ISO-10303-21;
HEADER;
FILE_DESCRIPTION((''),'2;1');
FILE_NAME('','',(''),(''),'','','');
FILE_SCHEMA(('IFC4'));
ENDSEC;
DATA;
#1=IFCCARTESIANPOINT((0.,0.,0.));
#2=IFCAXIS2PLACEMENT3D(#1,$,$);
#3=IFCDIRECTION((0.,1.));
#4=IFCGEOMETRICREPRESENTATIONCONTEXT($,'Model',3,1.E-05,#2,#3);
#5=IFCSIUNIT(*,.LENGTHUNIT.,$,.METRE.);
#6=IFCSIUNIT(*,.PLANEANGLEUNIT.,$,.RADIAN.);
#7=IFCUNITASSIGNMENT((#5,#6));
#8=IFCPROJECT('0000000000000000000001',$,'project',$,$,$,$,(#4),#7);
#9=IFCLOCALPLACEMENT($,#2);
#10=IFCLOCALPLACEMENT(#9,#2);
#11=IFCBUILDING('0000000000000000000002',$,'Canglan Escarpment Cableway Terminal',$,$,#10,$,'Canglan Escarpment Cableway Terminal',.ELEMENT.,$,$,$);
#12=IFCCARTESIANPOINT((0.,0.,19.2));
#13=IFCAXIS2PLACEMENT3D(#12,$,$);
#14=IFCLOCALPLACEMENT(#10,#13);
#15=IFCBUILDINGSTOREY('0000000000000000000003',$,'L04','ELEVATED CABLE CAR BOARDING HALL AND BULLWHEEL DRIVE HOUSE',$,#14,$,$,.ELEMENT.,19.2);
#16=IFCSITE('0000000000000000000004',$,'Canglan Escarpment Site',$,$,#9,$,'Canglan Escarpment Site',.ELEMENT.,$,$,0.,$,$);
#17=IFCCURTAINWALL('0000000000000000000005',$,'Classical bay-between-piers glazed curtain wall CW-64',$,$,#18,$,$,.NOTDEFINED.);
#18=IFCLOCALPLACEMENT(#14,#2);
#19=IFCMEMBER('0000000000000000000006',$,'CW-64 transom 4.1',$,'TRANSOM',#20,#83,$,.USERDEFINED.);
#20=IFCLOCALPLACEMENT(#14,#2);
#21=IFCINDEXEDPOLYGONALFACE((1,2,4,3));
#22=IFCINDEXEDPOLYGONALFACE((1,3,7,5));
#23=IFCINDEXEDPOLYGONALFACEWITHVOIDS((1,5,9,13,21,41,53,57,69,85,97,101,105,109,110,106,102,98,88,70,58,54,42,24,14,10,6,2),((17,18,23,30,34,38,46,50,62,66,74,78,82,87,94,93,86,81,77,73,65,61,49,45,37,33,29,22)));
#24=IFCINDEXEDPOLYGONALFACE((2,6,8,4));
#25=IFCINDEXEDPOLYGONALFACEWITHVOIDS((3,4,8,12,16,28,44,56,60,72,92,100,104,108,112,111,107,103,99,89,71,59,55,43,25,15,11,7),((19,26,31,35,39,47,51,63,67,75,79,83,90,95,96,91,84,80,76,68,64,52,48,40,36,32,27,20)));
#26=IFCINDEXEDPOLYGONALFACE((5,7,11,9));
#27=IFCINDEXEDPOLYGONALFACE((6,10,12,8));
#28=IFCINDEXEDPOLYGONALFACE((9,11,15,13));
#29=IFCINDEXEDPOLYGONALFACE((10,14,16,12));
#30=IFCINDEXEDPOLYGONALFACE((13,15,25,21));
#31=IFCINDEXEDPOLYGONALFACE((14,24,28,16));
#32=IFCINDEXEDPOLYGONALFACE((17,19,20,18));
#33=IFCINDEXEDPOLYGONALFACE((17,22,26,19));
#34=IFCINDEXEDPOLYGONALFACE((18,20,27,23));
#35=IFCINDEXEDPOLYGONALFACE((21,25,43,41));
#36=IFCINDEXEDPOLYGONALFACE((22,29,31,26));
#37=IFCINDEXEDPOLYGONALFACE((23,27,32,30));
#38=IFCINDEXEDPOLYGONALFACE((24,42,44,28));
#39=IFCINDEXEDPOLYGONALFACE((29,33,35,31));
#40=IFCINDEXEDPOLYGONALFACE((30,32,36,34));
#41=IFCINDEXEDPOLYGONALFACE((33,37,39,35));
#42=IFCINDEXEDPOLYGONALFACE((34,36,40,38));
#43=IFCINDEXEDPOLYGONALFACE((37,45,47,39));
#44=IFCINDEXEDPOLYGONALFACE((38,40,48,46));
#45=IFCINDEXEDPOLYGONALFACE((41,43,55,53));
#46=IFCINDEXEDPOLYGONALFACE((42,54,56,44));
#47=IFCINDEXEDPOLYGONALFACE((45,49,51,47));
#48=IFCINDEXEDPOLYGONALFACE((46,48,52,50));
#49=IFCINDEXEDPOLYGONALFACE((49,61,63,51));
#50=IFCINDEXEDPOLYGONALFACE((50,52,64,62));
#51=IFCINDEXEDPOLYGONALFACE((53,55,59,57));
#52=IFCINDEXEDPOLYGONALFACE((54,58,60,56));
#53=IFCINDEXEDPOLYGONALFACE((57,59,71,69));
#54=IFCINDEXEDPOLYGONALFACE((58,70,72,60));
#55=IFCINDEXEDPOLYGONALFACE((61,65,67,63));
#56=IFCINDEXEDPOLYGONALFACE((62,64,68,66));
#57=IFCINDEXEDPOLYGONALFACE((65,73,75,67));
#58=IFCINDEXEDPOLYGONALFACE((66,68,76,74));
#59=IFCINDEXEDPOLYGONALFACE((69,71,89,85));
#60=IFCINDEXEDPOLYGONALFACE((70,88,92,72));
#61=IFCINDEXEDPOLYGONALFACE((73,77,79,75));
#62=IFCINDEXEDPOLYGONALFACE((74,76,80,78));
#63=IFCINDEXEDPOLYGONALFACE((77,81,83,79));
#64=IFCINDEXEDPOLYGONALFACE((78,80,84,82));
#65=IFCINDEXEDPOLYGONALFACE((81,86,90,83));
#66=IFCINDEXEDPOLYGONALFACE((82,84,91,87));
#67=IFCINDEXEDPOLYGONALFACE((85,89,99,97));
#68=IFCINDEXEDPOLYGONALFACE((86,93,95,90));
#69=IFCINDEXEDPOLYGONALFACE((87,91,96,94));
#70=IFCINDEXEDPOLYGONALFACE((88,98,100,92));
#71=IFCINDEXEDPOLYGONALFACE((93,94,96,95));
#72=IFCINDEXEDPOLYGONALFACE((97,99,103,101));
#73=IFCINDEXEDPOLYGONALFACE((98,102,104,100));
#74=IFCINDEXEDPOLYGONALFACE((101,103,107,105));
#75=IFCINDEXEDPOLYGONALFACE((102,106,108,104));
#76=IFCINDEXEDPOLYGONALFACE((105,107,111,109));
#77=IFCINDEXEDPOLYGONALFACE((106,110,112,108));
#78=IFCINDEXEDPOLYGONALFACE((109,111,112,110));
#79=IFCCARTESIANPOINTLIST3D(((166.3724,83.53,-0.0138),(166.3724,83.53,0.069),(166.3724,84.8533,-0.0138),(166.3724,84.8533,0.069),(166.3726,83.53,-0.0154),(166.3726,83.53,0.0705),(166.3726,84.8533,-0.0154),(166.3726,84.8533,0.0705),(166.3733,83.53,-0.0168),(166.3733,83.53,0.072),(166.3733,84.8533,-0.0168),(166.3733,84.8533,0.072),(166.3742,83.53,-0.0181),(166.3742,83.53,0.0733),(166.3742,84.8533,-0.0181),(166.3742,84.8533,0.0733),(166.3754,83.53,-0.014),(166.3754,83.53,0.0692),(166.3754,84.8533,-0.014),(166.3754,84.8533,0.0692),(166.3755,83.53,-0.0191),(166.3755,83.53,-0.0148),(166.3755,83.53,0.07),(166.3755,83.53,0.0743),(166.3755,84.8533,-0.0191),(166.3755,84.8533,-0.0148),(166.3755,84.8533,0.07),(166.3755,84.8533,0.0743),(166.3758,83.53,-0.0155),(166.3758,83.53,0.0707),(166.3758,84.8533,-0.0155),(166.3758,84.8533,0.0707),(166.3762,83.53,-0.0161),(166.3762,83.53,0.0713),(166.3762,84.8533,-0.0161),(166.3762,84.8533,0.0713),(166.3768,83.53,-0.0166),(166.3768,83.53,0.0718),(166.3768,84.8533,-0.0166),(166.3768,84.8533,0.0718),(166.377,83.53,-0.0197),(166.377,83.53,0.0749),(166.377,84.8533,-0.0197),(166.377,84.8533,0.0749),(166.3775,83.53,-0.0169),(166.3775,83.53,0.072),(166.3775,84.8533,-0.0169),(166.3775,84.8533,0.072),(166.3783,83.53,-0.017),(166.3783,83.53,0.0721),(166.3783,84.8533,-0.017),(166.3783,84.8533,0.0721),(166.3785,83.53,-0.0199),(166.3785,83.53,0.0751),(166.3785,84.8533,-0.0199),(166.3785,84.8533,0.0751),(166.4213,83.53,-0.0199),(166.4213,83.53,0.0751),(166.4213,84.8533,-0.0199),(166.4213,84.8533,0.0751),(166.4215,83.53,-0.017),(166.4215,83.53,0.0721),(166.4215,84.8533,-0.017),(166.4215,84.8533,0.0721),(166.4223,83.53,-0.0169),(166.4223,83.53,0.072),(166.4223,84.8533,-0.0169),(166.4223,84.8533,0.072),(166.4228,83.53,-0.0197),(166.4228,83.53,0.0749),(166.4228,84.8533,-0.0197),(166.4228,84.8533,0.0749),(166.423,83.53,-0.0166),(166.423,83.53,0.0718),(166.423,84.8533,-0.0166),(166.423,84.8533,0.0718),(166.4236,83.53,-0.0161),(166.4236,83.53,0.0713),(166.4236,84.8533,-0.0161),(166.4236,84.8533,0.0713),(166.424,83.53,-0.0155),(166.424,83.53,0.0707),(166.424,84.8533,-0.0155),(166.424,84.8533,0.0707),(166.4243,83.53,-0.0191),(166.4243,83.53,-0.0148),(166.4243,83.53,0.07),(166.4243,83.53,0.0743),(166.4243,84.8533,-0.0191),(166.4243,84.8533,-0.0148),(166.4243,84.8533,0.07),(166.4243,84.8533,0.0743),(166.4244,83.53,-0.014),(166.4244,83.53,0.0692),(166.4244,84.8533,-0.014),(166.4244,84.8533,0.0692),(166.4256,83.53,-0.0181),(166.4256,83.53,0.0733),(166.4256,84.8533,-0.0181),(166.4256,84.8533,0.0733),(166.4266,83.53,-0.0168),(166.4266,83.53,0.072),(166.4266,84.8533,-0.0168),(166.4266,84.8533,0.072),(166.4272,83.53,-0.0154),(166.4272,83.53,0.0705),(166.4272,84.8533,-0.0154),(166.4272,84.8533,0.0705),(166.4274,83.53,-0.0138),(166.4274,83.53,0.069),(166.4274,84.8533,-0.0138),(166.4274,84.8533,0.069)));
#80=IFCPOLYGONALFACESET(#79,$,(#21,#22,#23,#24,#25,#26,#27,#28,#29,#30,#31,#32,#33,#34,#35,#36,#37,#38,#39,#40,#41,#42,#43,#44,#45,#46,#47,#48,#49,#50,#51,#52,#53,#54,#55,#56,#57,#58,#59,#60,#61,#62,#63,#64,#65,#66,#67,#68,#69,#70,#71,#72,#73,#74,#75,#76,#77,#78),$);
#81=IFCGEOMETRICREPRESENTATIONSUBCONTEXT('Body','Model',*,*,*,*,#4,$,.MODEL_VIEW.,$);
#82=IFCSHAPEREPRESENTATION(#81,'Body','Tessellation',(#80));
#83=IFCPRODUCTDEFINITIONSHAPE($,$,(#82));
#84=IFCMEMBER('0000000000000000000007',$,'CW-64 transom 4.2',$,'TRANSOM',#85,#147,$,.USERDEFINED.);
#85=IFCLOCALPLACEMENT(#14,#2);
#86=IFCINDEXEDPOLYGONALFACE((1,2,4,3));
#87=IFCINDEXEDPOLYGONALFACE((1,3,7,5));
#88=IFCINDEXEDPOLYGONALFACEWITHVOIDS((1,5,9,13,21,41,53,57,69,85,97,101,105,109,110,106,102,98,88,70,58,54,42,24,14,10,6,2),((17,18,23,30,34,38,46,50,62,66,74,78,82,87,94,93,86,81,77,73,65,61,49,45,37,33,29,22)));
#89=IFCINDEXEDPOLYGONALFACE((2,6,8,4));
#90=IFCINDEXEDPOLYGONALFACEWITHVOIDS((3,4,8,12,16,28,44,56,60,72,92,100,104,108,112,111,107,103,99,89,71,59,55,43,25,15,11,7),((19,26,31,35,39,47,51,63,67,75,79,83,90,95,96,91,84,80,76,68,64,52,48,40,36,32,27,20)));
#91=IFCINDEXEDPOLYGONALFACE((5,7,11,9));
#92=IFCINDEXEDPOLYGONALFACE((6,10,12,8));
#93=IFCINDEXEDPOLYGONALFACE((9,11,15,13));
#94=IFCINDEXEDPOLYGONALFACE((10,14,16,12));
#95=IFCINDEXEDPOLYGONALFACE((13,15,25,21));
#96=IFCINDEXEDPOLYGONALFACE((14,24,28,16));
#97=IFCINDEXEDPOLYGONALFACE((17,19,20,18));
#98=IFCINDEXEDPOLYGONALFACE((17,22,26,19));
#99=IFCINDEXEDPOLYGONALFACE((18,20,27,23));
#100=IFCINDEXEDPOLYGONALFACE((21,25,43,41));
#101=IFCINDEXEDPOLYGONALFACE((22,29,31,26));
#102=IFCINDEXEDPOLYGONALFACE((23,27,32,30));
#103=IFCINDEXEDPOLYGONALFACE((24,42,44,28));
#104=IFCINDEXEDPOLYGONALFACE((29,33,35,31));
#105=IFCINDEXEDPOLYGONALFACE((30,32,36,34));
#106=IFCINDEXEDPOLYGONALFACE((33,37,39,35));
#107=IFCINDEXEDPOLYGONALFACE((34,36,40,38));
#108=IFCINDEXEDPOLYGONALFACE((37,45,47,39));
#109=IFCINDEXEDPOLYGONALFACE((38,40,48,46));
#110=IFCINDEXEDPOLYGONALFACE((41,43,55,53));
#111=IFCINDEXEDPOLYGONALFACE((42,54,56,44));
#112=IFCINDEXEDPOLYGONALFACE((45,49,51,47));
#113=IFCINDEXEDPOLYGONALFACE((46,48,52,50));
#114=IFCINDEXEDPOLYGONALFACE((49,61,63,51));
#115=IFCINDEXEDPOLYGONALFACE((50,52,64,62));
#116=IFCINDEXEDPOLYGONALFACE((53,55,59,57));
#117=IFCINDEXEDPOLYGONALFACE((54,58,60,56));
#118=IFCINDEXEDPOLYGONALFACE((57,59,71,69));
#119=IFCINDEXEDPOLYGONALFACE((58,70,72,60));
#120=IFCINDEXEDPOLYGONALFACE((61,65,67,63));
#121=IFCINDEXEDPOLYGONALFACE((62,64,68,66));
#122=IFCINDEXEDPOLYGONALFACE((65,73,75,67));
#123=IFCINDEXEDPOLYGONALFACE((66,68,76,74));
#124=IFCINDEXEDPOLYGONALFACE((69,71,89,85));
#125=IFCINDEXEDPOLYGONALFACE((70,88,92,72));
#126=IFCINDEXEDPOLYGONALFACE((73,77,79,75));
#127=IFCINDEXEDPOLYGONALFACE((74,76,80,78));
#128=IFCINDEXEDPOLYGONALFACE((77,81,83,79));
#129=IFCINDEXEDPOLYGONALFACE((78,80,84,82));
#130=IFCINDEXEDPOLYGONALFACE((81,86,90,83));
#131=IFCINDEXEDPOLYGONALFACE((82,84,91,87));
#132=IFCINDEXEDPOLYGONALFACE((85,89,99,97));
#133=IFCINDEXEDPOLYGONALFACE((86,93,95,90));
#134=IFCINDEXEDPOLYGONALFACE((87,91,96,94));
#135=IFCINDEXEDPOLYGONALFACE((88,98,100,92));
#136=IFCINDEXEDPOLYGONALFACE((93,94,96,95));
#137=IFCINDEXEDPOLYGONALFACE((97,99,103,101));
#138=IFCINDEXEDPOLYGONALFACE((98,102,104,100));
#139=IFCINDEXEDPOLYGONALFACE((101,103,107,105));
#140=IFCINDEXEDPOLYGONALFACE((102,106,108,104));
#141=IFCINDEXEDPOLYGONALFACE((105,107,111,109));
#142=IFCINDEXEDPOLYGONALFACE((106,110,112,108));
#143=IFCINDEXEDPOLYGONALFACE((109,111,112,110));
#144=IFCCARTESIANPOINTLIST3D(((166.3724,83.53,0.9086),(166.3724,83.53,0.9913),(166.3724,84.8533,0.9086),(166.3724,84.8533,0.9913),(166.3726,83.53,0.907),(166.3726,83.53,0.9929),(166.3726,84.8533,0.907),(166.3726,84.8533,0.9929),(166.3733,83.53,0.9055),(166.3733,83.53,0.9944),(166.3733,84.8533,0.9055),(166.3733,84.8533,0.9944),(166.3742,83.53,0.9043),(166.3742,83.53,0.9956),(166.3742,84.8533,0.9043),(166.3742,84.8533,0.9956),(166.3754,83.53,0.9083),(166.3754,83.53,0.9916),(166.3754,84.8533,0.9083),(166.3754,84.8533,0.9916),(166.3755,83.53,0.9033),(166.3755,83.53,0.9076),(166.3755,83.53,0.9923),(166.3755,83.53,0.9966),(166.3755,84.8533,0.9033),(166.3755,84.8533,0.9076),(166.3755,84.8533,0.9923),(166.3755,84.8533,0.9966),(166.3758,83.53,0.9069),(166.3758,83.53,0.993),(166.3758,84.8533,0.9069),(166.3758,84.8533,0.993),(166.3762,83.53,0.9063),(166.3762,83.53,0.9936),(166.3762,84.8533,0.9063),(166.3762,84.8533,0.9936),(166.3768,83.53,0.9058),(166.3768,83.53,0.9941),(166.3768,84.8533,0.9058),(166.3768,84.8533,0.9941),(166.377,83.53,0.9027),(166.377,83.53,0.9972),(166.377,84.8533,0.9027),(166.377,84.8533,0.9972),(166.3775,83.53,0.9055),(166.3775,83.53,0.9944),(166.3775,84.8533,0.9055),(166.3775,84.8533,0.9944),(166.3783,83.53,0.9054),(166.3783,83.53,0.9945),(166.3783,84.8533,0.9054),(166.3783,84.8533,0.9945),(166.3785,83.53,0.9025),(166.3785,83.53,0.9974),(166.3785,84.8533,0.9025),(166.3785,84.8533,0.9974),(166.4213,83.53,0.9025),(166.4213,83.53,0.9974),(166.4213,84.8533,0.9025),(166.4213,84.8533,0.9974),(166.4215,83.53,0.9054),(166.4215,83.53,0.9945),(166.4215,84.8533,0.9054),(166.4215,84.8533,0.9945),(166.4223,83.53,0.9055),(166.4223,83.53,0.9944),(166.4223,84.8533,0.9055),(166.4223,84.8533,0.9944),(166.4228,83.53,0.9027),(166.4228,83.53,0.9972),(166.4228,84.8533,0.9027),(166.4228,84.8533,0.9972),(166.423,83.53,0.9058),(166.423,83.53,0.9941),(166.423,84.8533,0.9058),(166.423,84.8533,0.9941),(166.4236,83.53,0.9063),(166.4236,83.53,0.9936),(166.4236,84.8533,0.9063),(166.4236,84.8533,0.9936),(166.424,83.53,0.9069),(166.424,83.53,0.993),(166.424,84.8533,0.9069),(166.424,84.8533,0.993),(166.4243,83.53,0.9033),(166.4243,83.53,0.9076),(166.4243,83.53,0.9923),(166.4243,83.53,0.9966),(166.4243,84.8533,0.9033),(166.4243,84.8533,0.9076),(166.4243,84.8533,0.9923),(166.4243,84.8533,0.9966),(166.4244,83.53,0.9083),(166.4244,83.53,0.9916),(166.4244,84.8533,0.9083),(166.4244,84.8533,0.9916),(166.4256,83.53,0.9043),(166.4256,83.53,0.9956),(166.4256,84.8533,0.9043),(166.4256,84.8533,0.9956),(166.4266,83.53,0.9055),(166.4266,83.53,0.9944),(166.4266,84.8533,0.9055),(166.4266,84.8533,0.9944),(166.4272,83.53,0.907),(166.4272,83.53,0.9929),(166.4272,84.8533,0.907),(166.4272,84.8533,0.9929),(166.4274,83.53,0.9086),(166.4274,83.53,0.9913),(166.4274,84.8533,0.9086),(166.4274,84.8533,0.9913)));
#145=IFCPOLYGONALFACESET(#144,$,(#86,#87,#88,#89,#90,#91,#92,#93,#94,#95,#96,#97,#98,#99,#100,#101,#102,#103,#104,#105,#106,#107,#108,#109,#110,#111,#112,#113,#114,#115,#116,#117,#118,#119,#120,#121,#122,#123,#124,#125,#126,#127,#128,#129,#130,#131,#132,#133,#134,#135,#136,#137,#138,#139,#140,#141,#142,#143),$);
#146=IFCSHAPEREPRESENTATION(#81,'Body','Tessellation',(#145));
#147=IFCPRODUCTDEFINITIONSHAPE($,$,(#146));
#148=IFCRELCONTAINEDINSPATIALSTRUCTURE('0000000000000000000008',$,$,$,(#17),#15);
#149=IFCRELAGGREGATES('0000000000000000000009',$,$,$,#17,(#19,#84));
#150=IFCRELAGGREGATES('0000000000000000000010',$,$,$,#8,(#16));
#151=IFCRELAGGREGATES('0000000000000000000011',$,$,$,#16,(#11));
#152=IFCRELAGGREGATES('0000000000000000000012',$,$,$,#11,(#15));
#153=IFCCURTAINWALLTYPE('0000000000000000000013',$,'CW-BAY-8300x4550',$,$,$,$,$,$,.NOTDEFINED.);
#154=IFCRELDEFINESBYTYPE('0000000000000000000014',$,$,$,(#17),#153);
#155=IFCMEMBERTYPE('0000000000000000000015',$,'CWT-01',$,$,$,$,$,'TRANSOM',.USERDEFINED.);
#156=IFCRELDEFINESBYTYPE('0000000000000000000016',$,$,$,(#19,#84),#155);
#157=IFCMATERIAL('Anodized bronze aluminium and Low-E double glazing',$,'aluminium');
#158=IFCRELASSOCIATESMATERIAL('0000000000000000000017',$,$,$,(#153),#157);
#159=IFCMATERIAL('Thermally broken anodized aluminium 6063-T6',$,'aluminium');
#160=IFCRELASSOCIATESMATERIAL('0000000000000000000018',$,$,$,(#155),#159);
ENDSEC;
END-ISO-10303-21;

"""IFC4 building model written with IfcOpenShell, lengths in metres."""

from ifc_helpers import new_model, si_unit, direction, frame, origin, origin_2d, place, context, subcontext, project, spatial, hollow_rectangle, extrude, material, material_profile, profile_set, type_object, element, aggregate, save


model = new_model("IFC4")

# Units and contexts
model_context = context("Model", 3, precision=1e-05, world=origin(), true_north=direction((0.0, 1.0)))
body_context = subcontext(model_context, "Body", "Model", "MODEL_VIEW")
ifc_project = project(units=[si_unit("LENGTHUNIT", "METRE"), si_unit("PLANEANGLEUNIT", "RADIAN")], contexts=[model_context])

# Site, building, storey
site_placement = place(None, origin())
site = spatial("IfcSite", under=ifc_project, at=site_placement, Name="Canglan Escarpment Site", LongName="Canglan Escarpment Site", CompositionType="ELEMENT", RefElevation=0.0)
building_placement = place(site_placement, origin())
building = spatial("IfcBuilding", under=site, at=building_placement, Name="Canglan Escarpment Cableway Terminal", LongName="Canglan Escarpment Cableway Terminal", CompositionType="ELEMENT")
storey_placement = place(building_placement, frame((0.0, 0.0, 19.2)))
storey = spatial("IfcBuildingStorey", under=building, at=storey_placement, Name="L04", Description="ELEVATED CABLE CAR BOARDING HALL AND BULLWHEEL DRIVE HOUSE", CompositionType="ELEMENT", Elevation=19.2)

# Curtain wall, members
ifc_material_1 = material(Name="Anodized bronze aluminium and Low-E double glazing", Category="aluminium")
curtain_wall_type = type_object("IfcCurtainWallType", Name="CW-BAY-8300x4550", PredefinedType="NOTDEFINED", material=ifc_material_1)
curtain_wall_placement = place(storey_placement, origin())
curtain_wall = element("IfcCurtainWall", 1, at=curtain_wall_placement, inside=storey, type_object=curtain_wall_type, Name="Classical bay-between-piers glazed curtain wall CW-64", PredefinedType="NOTDEFINED")
ifc_material_2 = material(Name="Thermally broken anodized aluminium 6063-T6", Category="aluminium")
ifc_material_profile_1 = material_profile(ifc_material_2, hollow_rectangle(XDim=0.0549, YDim=0.095, WallThickness=0.0029, InnerFilletRadius=0.0029, OuterFilletRadius=0.0061, at=origin_2d()), Name="ALU-TRAN 55x95x3")
ifc_profile_set_1 = profile_set([ifc_material_profile_1], Name="Thermally broken anodized aluminium 6063-T6")
member_type_1 = type_object("IfcMemberType", Name="CWT-01", ElementType="TRANSOM", PredefinedType="USERDEFINED", material=ifc_profile_set_1)
member_1_placement = place(storey_placement, frame((166.3999, 83.53, 0.0276), z_axis=(0.0, 1.0, 0.0), x_axis=(-1.0, 0.0, 0.0)))
member_1 = element("IfcMember", 2, at=member_1_placement, type_object=member_type_1, Name="CW-64 transom 4.1", ObjectType="TRANSOM", PredefinedType="USERDEFINED", context=body_context, shape_type="SweptSolid", body=[
    extrude(hollow_rectangle(XDim=0.0549, YDim=0.095, WallThickness=0.0029, InnerFilletRadius=0.0029, OuterFilletRadius=0.0061, at=origin_2d()), origin(), (0.0, 0.0, 1.0), 1.3232),
])
member_2_placement = place(storey_placement, frame((166.3999, 83.53, 0.95), z_axis=(0.0, 1.0, 0.0), x_axis=(-1.0, 0.0, 0.0)))
member_2 = element("IfcMember", 3, at=member_2_placement, type_object=member_type_1, Name="CW-64 transom 4.2", ObjectType="TRANSOM", PredefinedType="USERDEFINED", context=body_context, shape_type="SweptSolid", body=[
    extrude(hollow_rectangle(XDim=0.0549, YDim=0.095, WallThickness=0.0029, InnerFilletRadius=0.0029, OuterFilletRadius=0.0061, at=origin_2d()), origin(), (0.0, 0.0, 1.0), 1.3232),
])
aggregate(curtain_wall, [member_1, member_2])

save(model, "model.ifc")
